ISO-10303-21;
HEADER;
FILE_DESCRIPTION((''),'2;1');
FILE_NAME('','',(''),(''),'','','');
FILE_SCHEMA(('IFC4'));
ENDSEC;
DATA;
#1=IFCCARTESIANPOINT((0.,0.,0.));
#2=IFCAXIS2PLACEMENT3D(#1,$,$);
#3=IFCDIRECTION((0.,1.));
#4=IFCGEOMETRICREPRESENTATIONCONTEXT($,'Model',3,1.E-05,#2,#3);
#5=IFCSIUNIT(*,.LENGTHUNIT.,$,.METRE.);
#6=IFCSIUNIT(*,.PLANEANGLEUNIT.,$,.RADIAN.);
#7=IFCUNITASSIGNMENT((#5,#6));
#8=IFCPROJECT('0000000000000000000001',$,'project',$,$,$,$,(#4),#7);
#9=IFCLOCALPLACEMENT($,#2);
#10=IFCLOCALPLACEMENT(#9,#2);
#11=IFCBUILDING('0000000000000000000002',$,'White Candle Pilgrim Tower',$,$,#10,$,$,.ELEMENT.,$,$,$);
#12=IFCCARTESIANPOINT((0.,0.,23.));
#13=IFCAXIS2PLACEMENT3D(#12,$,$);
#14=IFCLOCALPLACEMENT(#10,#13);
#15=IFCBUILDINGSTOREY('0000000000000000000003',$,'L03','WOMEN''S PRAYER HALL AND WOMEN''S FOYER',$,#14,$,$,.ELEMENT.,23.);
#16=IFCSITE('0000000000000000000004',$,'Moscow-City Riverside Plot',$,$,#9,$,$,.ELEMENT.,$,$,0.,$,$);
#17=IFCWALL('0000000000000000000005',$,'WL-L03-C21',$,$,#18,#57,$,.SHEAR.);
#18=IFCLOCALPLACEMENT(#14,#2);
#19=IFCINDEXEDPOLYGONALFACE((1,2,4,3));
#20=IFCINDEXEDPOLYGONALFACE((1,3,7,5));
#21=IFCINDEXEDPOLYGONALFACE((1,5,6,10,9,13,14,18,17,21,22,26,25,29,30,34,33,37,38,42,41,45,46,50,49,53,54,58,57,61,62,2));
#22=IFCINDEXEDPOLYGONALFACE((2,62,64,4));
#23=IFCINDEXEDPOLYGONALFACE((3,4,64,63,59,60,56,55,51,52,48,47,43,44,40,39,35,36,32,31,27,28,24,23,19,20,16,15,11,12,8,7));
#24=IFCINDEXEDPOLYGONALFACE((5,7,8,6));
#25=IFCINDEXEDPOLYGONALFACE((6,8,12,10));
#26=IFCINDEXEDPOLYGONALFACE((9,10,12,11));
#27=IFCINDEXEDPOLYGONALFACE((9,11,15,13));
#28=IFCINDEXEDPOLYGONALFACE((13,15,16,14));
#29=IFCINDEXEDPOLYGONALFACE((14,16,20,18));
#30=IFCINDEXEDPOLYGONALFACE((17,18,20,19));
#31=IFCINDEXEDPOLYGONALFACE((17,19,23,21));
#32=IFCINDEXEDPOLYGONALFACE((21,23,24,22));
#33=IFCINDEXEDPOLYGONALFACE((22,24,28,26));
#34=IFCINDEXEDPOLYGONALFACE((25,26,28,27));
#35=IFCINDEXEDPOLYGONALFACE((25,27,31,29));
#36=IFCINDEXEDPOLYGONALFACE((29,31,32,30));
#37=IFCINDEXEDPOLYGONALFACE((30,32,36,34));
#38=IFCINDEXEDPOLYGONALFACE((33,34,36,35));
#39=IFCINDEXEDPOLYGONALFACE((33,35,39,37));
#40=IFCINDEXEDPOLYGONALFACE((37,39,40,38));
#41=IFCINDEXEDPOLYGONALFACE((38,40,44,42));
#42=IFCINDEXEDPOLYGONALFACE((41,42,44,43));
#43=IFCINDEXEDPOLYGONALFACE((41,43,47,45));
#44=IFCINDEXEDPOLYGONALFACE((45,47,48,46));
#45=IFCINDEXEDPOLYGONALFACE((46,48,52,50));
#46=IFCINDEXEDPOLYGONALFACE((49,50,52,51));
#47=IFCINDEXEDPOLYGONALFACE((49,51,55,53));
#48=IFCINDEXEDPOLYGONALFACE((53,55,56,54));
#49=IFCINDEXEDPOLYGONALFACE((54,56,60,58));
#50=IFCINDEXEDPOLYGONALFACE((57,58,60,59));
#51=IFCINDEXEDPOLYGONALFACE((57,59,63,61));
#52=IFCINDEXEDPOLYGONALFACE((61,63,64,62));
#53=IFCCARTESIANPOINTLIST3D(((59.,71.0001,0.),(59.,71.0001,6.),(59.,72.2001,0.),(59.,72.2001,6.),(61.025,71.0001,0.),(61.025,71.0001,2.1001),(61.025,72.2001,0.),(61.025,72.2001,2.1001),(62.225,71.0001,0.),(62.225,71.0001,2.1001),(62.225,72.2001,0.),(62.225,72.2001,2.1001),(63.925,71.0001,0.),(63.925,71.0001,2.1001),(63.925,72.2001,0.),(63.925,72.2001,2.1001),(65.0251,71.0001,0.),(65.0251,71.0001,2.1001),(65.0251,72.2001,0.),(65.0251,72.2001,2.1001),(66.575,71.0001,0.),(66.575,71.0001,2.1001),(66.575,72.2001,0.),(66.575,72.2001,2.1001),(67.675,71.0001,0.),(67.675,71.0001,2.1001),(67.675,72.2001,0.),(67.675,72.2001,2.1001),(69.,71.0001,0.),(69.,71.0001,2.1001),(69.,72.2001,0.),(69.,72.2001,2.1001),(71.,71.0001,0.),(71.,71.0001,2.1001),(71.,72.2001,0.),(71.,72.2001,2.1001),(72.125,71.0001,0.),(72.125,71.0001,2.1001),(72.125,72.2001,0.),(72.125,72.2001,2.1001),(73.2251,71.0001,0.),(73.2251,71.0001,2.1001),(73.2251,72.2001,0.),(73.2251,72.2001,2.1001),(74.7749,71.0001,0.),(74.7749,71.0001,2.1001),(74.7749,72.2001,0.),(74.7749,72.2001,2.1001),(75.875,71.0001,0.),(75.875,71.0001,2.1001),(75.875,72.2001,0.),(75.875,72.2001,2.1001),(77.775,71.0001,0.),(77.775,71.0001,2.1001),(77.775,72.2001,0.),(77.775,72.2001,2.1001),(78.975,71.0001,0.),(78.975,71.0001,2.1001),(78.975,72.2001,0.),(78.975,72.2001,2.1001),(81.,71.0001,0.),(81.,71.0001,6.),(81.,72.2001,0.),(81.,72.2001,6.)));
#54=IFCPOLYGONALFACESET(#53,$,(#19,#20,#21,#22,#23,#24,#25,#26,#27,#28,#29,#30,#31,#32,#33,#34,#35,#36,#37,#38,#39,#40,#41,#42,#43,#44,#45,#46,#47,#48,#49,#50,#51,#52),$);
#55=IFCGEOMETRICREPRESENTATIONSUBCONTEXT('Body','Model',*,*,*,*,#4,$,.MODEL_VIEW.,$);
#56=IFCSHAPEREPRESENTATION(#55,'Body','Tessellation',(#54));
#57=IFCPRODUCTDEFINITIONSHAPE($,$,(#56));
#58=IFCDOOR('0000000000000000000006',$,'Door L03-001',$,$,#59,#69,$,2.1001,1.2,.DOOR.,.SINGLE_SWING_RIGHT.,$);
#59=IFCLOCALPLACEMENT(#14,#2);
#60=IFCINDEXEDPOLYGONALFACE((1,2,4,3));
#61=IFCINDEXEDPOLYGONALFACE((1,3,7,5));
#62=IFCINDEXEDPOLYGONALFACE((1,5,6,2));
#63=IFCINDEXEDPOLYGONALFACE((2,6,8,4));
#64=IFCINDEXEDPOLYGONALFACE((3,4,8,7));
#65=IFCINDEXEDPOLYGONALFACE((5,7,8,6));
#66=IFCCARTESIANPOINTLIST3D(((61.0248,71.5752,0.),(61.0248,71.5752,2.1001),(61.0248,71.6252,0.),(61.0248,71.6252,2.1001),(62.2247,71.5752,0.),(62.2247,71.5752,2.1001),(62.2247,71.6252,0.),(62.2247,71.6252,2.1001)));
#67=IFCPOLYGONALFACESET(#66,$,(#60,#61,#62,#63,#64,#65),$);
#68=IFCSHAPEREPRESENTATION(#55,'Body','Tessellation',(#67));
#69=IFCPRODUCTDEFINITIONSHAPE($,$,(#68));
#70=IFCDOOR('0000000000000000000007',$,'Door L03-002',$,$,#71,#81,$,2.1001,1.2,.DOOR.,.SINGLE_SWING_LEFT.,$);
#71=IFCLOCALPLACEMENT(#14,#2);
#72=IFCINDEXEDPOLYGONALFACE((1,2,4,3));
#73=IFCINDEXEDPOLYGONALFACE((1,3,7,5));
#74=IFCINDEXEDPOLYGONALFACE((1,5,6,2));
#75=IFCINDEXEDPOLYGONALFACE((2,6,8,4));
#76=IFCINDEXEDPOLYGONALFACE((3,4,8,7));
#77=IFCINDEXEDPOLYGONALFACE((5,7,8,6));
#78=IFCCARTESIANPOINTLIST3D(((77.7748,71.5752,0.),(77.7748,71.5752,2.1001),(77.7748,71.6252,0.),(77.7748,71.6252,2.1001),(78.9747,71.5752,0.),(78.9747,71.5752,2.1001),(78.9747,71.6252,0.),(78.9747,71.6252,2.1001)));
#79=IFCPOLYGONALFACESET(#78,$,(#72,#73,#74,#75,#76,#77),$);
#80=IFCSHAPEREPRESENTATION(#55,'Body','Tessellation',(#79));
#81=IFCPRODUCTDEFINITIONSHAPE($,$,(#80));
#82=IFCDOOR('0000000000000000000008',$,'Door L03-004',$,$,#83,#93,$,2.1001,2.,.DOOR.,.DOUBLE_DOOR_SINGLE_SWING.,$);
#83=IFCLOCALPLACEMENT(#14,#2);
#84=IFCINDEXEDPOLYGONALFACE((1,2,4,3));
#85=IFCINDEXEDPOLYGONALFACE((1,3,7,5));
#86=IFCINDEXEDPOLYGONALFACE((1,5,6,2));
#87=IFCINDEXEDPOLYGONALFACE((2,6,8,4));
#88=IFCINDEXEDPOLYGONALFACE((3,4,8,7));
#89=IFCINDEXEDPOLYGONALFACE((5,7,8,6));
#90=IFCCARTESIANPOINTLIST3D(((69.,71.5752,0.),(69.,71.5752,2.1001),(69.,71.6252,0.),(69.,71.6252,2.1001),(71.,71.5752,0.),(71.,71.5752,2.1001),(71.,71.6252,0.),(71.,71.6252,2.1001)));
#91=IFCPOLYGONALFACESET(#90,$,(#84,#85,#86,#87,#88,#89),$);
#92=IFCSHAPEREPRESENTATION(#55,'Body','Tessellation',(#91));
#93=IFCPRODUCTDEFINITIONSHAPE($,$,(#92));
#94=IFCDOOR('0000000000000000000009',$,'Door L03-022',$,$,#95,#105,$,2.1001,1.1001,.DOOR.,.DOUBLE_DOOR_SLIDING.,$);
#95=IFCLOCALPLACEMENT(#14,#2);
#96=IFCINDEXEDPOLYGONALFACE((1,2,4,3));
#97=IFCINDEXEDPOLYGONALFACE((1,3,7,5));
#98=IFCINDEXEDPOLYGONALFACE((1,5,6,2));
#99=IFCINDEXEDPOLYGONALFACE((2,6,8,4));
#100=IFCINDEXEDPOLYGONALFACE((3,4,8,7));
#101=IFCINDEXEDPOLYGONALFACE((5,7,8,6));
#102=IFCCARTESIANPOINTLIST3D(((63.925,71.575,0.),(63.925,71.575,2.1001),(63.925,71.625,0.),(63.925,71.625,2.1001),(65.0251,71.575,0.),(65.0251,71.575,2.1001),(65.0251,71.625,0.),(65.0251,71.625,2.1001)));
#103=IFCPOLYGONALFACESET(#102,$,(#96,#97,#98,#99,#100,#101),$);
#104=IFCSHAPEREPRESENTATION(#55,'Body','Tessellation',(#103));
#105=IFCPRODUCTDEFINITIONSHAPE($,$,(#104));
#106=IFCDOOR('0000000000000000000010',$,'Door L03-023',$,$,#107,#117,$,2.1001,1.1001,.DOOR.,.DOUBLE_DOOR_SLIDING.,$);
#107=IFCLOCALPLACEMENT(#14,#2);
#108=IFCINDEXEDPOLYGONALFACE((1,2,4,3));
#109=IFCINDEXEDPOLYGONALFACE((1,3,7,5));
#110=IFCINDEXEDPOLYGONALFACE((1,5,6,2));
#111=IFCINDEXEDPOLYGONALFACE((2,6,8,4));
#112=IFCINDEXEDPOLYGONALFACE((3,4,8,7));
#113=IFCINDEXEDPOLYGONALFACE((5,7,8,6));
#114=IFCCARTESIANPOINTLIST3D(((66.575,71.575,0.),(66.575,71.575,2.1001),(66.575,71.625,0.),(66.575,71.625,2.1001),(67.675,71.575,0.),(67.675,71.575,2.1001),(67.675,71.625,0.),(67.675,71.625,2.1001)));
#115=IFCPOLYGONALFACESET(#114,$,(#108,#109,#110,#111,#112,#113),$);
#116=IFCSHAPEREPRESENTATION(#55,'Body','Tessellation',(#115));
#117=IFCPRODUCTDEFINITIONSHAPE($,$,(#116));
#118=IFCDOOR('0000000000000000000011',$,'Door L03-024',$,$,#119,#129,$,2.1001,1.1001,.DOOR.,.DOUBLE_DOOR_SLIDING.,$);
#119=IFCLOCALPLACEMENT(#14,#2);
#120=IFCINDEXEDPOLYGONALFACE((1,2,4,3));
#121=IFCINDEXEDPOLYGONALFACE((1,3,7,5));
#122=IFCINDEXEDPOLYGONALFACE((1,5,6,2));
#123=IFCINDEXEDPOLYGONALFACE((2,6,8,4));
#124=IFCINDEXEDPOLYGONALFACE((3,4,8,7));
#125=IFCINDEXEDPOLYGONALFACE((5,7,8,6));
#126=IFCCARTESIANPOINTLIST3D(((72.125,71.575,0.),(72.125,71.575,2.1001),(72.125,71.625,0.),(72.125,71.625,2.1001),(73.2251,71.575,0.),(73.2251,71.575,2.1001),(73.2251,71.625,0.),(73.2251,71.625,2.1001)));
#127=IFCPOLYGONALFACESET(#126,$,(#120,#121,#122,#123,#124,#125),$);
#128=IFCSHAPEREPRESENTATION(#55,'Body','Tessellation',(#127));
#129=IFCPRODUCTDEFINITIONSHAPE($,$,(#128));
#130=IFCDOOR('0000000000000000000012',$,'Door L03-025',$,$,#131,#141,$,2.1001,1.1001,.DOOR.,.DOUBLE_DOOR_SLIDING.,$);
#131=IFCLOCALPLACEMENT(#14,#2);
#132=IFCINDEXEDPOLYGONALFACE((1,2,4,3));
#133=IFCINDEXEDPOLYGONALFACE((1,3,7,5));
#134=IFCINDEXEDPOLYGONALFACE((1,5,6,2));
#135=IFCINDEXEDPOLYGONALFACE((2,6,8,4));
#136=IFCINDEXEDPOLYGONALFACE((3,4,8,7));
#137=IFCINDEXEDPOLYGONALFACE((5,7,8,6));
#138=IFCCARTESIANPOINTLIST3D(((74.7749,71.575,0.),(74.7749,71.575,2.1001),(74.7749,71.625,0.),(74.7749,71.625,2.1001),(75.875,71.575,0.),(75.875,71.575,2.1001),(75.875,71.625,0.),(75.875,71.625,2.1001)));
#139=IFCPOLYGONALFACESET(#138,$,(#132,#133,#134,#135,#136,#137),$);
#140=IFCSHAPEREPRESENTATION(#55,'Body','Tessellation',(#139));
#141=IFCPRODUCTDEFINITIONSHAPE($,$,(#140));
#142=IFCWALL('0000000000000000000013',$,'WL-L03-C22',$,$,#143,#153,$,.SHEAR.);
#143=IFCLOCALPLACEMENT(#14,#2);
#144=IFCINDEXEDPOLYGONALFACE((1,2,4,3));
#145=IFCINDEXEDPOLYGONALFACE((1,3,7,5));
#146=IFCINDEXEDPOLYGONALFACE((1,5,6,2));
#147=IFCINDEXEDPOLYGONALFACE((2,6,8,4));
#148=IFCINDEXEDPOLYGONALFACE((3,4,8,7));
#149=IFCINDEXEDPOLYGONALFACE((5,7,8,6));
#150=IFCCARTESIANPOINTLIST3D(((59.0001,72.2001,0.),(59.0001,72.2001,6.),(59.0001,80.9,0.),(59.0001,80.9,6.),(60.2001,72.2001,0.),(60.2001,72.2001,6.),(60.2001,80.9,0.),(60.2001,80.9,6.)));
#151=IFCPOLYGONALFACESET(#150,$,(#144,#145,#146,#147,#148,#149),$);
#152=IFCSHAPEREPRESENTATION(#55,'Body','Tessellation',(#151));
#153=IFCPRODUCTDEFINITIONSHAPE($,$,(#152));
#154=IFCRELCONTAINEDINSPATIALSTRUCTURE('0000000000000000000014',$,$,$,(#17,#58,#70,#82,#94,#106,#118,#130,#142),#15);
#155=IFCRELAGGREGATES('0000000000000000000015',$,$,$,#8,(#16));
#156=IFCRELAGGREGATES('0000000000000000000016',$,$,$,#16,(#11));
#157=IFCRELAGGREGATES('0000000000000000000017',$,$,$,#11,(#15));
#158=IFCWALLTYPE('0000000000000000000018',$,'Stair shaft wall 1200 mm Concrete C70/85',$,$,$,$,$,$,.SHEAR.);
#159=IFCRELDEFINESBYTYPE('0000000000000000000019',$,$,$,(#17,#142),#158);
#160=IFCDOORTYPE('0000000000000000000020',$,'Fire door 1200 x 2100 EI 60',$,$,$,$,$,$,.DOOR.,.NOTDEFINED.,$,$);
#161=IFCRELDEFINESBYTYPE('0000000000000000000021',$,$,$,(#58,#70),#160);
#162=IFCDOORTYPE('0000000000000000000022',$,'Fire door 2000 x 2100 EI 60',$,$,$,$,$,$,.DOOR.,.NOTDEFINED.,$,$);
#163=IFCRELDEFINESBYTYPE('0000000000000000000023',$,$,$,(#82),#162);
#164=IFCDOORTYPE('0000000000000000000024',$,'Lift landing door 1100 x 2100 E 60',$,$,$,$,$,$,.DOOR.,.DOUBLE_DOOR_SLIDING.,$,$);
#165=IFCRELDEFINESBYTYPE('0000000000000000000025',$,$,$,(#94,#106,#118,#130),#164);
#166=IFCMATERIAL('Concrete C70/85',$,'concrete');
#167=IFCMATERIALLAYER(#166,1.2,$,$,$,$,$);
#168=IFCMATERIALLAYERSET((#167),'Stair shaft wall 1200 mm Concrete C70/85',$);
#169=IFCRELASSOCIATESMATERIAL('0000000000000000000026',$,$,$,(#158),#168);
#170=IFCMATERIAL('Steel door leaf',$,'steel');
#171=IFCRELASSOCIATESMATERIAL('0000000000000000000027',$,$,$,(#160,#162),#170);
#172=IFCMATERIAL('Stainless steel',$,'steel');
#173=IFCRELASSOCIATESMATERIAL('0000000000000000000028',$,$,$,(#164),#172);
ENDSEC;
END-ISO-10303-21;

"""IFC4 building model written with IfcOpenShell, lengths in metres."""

from ifc_helpers import new_model, si_unit, direction, frame, frame_2d, origin, place, context, subcontext, project, spatial, rectangle, extrude, material, layer, layer_set, type_object, element, fill, save


model = new_model("IFC4")

# Units and contexts
model_context = context("Model", 3, precision=1e-05, world=origin(), true_north=direction((0.0, 1.0)))
body_context = subcontext(model_context, "Body", "Model", "MODEL_VIEW")
ifc_project = project(units=[si_unit("LENGTHUNIT", "METRE"), si_unit("PLANEANGLEUNIT", "RADIAN")], contexts=[model_context])

# Site, building, storey
site_placement = place(None, origin())
site = spatial("IfcSite", under=ifc_project, at=site_placement, Name="Moscow-City Riverside Plot", CompositionType="ELEMENT", RefElevation=0.0)
building_placement = place(site_placement, origin())
building = spatial("IfcBuilding", under=site, at=building_placement, Name="White Candle Pilgrim Tower", CompositionType="ELEMENT")
storey_placement = place(building_placement, frame((0.0, 0.0, 23.0)))
storey = spatial("IfcBuildingStorey", under=building, at=storey_placement, Name="L03", Description="WOMEN'S PRAYER HALL AND WOMEN'S FOYER", CompositionType="ELEMENT", Elevation=23.0)

# Shared definitions
ifc_material_1 = material(Name="Concrete C70/85", Category="concrete")

# Wall, openings, doors
ifc_layer_1 = layer(ifc_material_1, 1.2)
ifc_layer_set_1 = layer_set([ifc_layer_1], Name="Stair shaft wall 1200 mm Concrete C70/85")
wall_type_1 = type_object("IfcWallType", Name="Stair shaft wall 1200 mm Concrete C70/85", PredefinedType="SHEAR", material=ifc_layer_set_1)
wall_1_placement = place(storey_placement, frame((59.0, 71.6001, 0.0), z_axis=(0.0, 0.0, 1.0), x_axis=(1.0, 0.0, 0.0)))
wall_1 = element("IfcWall", 1, at=wall_1_placement, inside=storey, type_object=wall_type_1, Name="WL-L03-C21", PredefinedType="SHEAR", context=body_context, shape_type="SweptSolid", body=[
    extrude(rectangle(XDim=22.0, YDim=1.2, at=frame_2d((11.0, 0.0))), origin(), (0.0, 0.0, 1.0), 6.0),
])
opening_1_placement = place(wall_1_placement, frame((2.0249, 0.0, 0.0)))
opening_1 = element("IfcOpeningElement", 2, at=opening_1_placement, cuts=wall_1, PredefinedType="OPENING", context=body_context, shape_type="SweptSolid", body=[
    extrude(rectangle(XDim=1.2, YDim=2.1001, at=frame_2d((0.6001, 1.05))), frame((0.0, 0.6099, 0.0), z_axis=(0.0, -1.0, 0.0), x_axis=(1.0, 0.0, 0.0)), (0.0, 0.0, 1.0), 1.22),
])
opening_2_placement = place(wall_1_placement, frame((18.7749, 0.0, 0.0)))
opening_2 = element("IfcOpeningElement", 3, at=opening_2_placement, cuts=wall_1, PredefinedType="OPENING", context=body_context, shape_type="SweptSolid", body=[
    extrude(rectangle(XDim=1.2, YDim=2.1001, at=frame_2d((0.6001, 1.05))), frame((0.0, 0.6099, 0.0), z_axis=(0.0, -1.0, 0.0), x_axis=(1.0, 0.0, 0.0)), (0.0, 0.0, 1.0), 1.22),
])
opening_3_placement = place(wall_1_placement, frame((10.0, 0.0, 0.0)))
opening_3 = element("IfcOpeningElement", 4, at=opening_3_placement, cuts=wall_1, PredefinedType="OPENING", context=body_context, shape_type="SweptSolid", body=[
    extrude(rectangle(XDim=2.0, YDim=2.1001, at=frame_2d((1.0, 1.05))), frame((0.0, 0.6099, 0.0), z_axis=(0.0, -1.0, 0.0), x_axis=(1.0, 0.0, 0.0)), (0.0, 0.0, 1.0), 1.22),
])
opening_4_placement = place(wall_1_placement, frame((4.925, 0.0, 0.0)))
opening_4 = element("IfcOpeningElement", 5, at=opening_4_placement, cuts=wall_1, PredefinedType="OPENING", context=body_context, shape_type="SweptSolid", body=[
    extrude(rectangle(XDim=1.1001, YDim=2.1001, at=frame_2d((0.55, 1.05))), frame((0.0, 0.6099, 0.0), z_axis=(0.0, -1.0, 0.0), x_axis=(1.0, 0.0, 0.0)), (0.0, 0.0, 1.0), 1.22),
])
opening_5_placement = place(wall_1_placement, frame((7.575, 0.0, 0.0)))
opening_5 = element("IfcOpeningElement", 6, at=opening_5_placement, cuts=wall_1, PredefinedType="OPENING", context=body_context, shape_type="SweptSolid", body=[
    extrude(rectangle(XDim=1.1001, YDim=2.1001, at=frame_2d((0.55, 1.05))), frame((0.0, 0.6099, 0.0), z_axis=(0.0, -1.0, 0.0), x_axis=(1.0, 0.0, 0.0)), (0.0, 0.0, 1.0), 1.22),
])
opening_6_placement = place(wall_1_placement, frame((13.125, 0.0, 0.0)))
opening_6 = element("IfcOpeningElement", 7, at=opening_6_placement, cuts=wall_1, PredefinedType="OPENING", context=body_context, shape_type="SweptSolid", body=[
    extrude(rectangle(XDim=1.1001, YDim=2.1001, at=frame_2d((0.55, 1.05))), frame((0.0, 0.6099, 0.0), z_axis=(0.0, -1.0, 0.0), x_axis=(1.0, 0.0, 0.0)), (0.0, 0.0, 1.0), 1.22),
])
opening_7_placement = place(wall_1_placement, frame((15.7749, 0.0, 0.0)))
opening_7 = element("IfcOpeningElement", 8, at=opening_7_placement, cuts=wall_1, PredefinedType="OPENING", context=body_context, shape_type="SweptSolid", body=[
    extrude(rectangle(XDim=1.1001, YDim=2.1001, at=frame_2d((0.55, 1.05))), frame((0.0, 0.6099, 0.0), z_axis=(0.0, -1.0, 0.0), x_axis=(1.0, 0.0, 0.0)), (0.0, 0.0, 1.0), 1.22),
])
ifc_material_2 = material(Name="Steel door leaf", Category="steel")
door_type_1 = type_object("IfcDoorType", Name="Fire door 1200 x 2100 EI 60", OperationType="NOTDEFINED", PredefinedType="DOOR", material=ifc_material_2)
door_1_placement = place(opening_1_placement, frame((1.2, 0.0, 0.0), z_axis=(0.0, 0.0, 1.0), x_axis=(-1.0, 0.0, 0.0)))
door_1 = element("IfcDoor", 9, at=door_1_placement, inside=storey, type_object=door_type_1, Name="Door L03-001", OperationType="SINGLE_SWING_RIGHT", OverallHeight=2.1001, OverallWidth=1.2, PredefinedType="DOOR", context=body_context, shape_type="SweptSolid", body=[
    extrude(rectangle(XDim=1.2, YDim=2.1001, at=frame_2d((0.6001, 1.05))), frame((0.0, 0.0249, 0.0), z_axis=(0.0, -1.0, 0.0), x_axis=(1.0, 0.0, 0.0)), (0.0, 0.0, 1.0), 0.05),
])
fill(opening_1, door_1)
door_2_placement = place(opening_2_placement, frame((1.2, 0.0, 0.0), z_axis=(0.0, 0.0, 1.0), x_axis=(-1.0, 0.0, 0.0)))
door_2 = element("IfcDoor", 10, at=door_2_placement, inside=storey, type_object=door_type_1, Name="Door L03-002", OperationType="SINGLE_SWING_LEFT", OverallHeight=2.1001, OverallWidth=1.2, PredefinedType="DOOR", context=body_context, shape_type="SweptSolid", body=[
    extrude(rectangle(XDim=1.2, YDim=2.1001, at=frame_2d((0.6001, 1.05))), frame((0.0, 0.0249, 0.0), z_axis=(0.0, -1.0, 0.0), x_axis=(1.0, 0.0, 0.0)), (0.0, 0.0, 1.0), 0.05),
])
fill(opening_2, door_2)
door_type_2 = type_object("IfcDoorType", Name="Fire door 2000 x 2100 EI 60", OperationType="NOTDEFINED", PredefinedType="DOOR", material=ifc_material_2)
door_3_placement = place(opening_3_placement, frame((2.0, 0.0, 0.0), z_axis=(0.0, 0.0, 1.0), x_axis=(-1.0, 0.0, 0.0)))
door_3 = element("IfcDoor", 11, at=door_3_placement, inside=storey, type_object=door_type_2, Name="Door L03-004", OperationType="DOUBLE_DOOR_SINGLE_SWING", OverallHeight=2.1001, OverallWidth=2.0, PredefinedType="DOOR", context=body_context, shape_type="SweptSolid", body=[
    extrude(rectangle(XDim=2.0, YDim=2.1001, at=frame_2d((1.0, 1.05))), frame((0.0, 0.0249, 0.0), z_axis=(0.0, -1.0, 0.0), x_axis=(1.0, 0.0, 0.0)), (0.0, 0.0, 1.0), 0.05),
])
fill(opening_3, door_3)
ifc_material_3 = material(Name="Stainless steel", Category="steel")
door_type_3 = type_object("IfcDoorType", Name="Lift landing door 1100 x 2100 E 60", OperationType="DOUBLE_DOOR_SLIDING", PredefinedType="DOOR", material=ifc_material_3)
door_4_placement = place(opening_4_placement, origin())
door_4 = element("IfcDoor", 12, at=door_4_placement, inside=storey, type_object=door_type_3, Name="Door L03-022", OperationType="DOUBLE_DOOR_SLIDING", OverallHeight=2.1001, OverallWidth=1.1001, PredefinedType="DOOR", context=body_context, shape_type="SweptSolid", body=[
    extrude(rectangle(XDim=1.1001, YDim=2.1001, at=frame_2d((0.55, 1.05))), frame((0.0, 0.0249, 0.0), z_axis=(0.0, -1.0, 0.0), x_axis=(1.0, 0.0, 0.0)), (0.0, 0.0, 1.0), 0.05),
])
fill(opening_4, door_4)
door_5_placement = place(opening_5_placement, origin())
door_5 = element("IfcDoor", 13, at=door_5_placement, inside=storey, type_object=door_type_3, Name="Door L03-023", OperationType="DOUBLE_DOOR_SLIDING", OverallHeight=2.1001, OverallWidth=1.1001, PredefinedType="DOOR", context=body_context, shape_type="SweptSolid", body=[
    extrude(rectangle(XDim=1.1001, YDim=2.1001, at=frame_2d((0.55, 1.05))), frame((0.0, 0.0249, 0.0), z_axis=(0.0, -1.0, 0.0), x_axis=(1.0, 0.0, 0.0)), (0.0, 0.0, 1.0), 0.05),
])
fill(opening_5, door_5)
door_6_placement = place(opening_6_placement, origin())
door_6 = element("IfcDoor", 14, at=door_6_placement, inside=storey, type_object=door_type_3, Name="Door L03-024", OperationType="DOUBLE_DOOR_SLIDING", OverallHeight=2.1001, OverallWidth=1.1001, PredefinedType="DOOR", context=body_context, shape_type="SweptSolid", body=[
    extrude(rectangle(XDim=1.1001, YDim=2.1001, at=frame_2d((0.55, 1.05))), frame((0.0, 0.0249, 0.0), z_axis=(0.0, -1.0, 0.0), x_axis=(1.0, 0.0, 0.0)), (0.0, 0.0, 1.0), 0.05),
])
fill(opening_6, door_6)
door_7_placement = place(opening_7_placement, origin())
door_7 = element("IfcDoor", 15, at=door_7_placement, inside=storey, type_object=door_type_3, Name="Door L03-025", OperationType="DOUBLE_DOOR_SLIDING", OverallHeight=2.1001, OverallWidth=1.1001, PredefinedType="DOOR", context=body_context, shape_type="SweptSolid", body=[
    extrude(rectangle(XDim=1.1001, YDim=2.1001, at=frame_2d((0.55, 1.05))), frame((0.0, 0.0249, 0.0), z_axis=(0.0, -1.0, 0.0), x_axis=(1.0, 0.0, 0.0)), (0.0, 0.0, 1.0), 0.05),
])
fill(opening_7, door_7)

# Wall
wall_2_placement = place(storey_placement, frame((59.6001, 72.2, 0.0), z_axis=(0.0, 0.0, 1.0), x_axis=(0.0, 1.0, 0.0)))
element("IfcWall", 16, at=wall_2_placement, inside=storey, type_object=wall_type_1, Name="WL-L03-C22", PredefinedType="SHEAR", context=body_context, shape_type="SweptSolid", body=[
    extrude(rectangle(XDim=8.7, YDim=1.2, at=frame_2d((4.3501, 0.0))), origin(), (0.0, 0.0, 1.0), 6.0),
])

save(model, "model.ifc")
